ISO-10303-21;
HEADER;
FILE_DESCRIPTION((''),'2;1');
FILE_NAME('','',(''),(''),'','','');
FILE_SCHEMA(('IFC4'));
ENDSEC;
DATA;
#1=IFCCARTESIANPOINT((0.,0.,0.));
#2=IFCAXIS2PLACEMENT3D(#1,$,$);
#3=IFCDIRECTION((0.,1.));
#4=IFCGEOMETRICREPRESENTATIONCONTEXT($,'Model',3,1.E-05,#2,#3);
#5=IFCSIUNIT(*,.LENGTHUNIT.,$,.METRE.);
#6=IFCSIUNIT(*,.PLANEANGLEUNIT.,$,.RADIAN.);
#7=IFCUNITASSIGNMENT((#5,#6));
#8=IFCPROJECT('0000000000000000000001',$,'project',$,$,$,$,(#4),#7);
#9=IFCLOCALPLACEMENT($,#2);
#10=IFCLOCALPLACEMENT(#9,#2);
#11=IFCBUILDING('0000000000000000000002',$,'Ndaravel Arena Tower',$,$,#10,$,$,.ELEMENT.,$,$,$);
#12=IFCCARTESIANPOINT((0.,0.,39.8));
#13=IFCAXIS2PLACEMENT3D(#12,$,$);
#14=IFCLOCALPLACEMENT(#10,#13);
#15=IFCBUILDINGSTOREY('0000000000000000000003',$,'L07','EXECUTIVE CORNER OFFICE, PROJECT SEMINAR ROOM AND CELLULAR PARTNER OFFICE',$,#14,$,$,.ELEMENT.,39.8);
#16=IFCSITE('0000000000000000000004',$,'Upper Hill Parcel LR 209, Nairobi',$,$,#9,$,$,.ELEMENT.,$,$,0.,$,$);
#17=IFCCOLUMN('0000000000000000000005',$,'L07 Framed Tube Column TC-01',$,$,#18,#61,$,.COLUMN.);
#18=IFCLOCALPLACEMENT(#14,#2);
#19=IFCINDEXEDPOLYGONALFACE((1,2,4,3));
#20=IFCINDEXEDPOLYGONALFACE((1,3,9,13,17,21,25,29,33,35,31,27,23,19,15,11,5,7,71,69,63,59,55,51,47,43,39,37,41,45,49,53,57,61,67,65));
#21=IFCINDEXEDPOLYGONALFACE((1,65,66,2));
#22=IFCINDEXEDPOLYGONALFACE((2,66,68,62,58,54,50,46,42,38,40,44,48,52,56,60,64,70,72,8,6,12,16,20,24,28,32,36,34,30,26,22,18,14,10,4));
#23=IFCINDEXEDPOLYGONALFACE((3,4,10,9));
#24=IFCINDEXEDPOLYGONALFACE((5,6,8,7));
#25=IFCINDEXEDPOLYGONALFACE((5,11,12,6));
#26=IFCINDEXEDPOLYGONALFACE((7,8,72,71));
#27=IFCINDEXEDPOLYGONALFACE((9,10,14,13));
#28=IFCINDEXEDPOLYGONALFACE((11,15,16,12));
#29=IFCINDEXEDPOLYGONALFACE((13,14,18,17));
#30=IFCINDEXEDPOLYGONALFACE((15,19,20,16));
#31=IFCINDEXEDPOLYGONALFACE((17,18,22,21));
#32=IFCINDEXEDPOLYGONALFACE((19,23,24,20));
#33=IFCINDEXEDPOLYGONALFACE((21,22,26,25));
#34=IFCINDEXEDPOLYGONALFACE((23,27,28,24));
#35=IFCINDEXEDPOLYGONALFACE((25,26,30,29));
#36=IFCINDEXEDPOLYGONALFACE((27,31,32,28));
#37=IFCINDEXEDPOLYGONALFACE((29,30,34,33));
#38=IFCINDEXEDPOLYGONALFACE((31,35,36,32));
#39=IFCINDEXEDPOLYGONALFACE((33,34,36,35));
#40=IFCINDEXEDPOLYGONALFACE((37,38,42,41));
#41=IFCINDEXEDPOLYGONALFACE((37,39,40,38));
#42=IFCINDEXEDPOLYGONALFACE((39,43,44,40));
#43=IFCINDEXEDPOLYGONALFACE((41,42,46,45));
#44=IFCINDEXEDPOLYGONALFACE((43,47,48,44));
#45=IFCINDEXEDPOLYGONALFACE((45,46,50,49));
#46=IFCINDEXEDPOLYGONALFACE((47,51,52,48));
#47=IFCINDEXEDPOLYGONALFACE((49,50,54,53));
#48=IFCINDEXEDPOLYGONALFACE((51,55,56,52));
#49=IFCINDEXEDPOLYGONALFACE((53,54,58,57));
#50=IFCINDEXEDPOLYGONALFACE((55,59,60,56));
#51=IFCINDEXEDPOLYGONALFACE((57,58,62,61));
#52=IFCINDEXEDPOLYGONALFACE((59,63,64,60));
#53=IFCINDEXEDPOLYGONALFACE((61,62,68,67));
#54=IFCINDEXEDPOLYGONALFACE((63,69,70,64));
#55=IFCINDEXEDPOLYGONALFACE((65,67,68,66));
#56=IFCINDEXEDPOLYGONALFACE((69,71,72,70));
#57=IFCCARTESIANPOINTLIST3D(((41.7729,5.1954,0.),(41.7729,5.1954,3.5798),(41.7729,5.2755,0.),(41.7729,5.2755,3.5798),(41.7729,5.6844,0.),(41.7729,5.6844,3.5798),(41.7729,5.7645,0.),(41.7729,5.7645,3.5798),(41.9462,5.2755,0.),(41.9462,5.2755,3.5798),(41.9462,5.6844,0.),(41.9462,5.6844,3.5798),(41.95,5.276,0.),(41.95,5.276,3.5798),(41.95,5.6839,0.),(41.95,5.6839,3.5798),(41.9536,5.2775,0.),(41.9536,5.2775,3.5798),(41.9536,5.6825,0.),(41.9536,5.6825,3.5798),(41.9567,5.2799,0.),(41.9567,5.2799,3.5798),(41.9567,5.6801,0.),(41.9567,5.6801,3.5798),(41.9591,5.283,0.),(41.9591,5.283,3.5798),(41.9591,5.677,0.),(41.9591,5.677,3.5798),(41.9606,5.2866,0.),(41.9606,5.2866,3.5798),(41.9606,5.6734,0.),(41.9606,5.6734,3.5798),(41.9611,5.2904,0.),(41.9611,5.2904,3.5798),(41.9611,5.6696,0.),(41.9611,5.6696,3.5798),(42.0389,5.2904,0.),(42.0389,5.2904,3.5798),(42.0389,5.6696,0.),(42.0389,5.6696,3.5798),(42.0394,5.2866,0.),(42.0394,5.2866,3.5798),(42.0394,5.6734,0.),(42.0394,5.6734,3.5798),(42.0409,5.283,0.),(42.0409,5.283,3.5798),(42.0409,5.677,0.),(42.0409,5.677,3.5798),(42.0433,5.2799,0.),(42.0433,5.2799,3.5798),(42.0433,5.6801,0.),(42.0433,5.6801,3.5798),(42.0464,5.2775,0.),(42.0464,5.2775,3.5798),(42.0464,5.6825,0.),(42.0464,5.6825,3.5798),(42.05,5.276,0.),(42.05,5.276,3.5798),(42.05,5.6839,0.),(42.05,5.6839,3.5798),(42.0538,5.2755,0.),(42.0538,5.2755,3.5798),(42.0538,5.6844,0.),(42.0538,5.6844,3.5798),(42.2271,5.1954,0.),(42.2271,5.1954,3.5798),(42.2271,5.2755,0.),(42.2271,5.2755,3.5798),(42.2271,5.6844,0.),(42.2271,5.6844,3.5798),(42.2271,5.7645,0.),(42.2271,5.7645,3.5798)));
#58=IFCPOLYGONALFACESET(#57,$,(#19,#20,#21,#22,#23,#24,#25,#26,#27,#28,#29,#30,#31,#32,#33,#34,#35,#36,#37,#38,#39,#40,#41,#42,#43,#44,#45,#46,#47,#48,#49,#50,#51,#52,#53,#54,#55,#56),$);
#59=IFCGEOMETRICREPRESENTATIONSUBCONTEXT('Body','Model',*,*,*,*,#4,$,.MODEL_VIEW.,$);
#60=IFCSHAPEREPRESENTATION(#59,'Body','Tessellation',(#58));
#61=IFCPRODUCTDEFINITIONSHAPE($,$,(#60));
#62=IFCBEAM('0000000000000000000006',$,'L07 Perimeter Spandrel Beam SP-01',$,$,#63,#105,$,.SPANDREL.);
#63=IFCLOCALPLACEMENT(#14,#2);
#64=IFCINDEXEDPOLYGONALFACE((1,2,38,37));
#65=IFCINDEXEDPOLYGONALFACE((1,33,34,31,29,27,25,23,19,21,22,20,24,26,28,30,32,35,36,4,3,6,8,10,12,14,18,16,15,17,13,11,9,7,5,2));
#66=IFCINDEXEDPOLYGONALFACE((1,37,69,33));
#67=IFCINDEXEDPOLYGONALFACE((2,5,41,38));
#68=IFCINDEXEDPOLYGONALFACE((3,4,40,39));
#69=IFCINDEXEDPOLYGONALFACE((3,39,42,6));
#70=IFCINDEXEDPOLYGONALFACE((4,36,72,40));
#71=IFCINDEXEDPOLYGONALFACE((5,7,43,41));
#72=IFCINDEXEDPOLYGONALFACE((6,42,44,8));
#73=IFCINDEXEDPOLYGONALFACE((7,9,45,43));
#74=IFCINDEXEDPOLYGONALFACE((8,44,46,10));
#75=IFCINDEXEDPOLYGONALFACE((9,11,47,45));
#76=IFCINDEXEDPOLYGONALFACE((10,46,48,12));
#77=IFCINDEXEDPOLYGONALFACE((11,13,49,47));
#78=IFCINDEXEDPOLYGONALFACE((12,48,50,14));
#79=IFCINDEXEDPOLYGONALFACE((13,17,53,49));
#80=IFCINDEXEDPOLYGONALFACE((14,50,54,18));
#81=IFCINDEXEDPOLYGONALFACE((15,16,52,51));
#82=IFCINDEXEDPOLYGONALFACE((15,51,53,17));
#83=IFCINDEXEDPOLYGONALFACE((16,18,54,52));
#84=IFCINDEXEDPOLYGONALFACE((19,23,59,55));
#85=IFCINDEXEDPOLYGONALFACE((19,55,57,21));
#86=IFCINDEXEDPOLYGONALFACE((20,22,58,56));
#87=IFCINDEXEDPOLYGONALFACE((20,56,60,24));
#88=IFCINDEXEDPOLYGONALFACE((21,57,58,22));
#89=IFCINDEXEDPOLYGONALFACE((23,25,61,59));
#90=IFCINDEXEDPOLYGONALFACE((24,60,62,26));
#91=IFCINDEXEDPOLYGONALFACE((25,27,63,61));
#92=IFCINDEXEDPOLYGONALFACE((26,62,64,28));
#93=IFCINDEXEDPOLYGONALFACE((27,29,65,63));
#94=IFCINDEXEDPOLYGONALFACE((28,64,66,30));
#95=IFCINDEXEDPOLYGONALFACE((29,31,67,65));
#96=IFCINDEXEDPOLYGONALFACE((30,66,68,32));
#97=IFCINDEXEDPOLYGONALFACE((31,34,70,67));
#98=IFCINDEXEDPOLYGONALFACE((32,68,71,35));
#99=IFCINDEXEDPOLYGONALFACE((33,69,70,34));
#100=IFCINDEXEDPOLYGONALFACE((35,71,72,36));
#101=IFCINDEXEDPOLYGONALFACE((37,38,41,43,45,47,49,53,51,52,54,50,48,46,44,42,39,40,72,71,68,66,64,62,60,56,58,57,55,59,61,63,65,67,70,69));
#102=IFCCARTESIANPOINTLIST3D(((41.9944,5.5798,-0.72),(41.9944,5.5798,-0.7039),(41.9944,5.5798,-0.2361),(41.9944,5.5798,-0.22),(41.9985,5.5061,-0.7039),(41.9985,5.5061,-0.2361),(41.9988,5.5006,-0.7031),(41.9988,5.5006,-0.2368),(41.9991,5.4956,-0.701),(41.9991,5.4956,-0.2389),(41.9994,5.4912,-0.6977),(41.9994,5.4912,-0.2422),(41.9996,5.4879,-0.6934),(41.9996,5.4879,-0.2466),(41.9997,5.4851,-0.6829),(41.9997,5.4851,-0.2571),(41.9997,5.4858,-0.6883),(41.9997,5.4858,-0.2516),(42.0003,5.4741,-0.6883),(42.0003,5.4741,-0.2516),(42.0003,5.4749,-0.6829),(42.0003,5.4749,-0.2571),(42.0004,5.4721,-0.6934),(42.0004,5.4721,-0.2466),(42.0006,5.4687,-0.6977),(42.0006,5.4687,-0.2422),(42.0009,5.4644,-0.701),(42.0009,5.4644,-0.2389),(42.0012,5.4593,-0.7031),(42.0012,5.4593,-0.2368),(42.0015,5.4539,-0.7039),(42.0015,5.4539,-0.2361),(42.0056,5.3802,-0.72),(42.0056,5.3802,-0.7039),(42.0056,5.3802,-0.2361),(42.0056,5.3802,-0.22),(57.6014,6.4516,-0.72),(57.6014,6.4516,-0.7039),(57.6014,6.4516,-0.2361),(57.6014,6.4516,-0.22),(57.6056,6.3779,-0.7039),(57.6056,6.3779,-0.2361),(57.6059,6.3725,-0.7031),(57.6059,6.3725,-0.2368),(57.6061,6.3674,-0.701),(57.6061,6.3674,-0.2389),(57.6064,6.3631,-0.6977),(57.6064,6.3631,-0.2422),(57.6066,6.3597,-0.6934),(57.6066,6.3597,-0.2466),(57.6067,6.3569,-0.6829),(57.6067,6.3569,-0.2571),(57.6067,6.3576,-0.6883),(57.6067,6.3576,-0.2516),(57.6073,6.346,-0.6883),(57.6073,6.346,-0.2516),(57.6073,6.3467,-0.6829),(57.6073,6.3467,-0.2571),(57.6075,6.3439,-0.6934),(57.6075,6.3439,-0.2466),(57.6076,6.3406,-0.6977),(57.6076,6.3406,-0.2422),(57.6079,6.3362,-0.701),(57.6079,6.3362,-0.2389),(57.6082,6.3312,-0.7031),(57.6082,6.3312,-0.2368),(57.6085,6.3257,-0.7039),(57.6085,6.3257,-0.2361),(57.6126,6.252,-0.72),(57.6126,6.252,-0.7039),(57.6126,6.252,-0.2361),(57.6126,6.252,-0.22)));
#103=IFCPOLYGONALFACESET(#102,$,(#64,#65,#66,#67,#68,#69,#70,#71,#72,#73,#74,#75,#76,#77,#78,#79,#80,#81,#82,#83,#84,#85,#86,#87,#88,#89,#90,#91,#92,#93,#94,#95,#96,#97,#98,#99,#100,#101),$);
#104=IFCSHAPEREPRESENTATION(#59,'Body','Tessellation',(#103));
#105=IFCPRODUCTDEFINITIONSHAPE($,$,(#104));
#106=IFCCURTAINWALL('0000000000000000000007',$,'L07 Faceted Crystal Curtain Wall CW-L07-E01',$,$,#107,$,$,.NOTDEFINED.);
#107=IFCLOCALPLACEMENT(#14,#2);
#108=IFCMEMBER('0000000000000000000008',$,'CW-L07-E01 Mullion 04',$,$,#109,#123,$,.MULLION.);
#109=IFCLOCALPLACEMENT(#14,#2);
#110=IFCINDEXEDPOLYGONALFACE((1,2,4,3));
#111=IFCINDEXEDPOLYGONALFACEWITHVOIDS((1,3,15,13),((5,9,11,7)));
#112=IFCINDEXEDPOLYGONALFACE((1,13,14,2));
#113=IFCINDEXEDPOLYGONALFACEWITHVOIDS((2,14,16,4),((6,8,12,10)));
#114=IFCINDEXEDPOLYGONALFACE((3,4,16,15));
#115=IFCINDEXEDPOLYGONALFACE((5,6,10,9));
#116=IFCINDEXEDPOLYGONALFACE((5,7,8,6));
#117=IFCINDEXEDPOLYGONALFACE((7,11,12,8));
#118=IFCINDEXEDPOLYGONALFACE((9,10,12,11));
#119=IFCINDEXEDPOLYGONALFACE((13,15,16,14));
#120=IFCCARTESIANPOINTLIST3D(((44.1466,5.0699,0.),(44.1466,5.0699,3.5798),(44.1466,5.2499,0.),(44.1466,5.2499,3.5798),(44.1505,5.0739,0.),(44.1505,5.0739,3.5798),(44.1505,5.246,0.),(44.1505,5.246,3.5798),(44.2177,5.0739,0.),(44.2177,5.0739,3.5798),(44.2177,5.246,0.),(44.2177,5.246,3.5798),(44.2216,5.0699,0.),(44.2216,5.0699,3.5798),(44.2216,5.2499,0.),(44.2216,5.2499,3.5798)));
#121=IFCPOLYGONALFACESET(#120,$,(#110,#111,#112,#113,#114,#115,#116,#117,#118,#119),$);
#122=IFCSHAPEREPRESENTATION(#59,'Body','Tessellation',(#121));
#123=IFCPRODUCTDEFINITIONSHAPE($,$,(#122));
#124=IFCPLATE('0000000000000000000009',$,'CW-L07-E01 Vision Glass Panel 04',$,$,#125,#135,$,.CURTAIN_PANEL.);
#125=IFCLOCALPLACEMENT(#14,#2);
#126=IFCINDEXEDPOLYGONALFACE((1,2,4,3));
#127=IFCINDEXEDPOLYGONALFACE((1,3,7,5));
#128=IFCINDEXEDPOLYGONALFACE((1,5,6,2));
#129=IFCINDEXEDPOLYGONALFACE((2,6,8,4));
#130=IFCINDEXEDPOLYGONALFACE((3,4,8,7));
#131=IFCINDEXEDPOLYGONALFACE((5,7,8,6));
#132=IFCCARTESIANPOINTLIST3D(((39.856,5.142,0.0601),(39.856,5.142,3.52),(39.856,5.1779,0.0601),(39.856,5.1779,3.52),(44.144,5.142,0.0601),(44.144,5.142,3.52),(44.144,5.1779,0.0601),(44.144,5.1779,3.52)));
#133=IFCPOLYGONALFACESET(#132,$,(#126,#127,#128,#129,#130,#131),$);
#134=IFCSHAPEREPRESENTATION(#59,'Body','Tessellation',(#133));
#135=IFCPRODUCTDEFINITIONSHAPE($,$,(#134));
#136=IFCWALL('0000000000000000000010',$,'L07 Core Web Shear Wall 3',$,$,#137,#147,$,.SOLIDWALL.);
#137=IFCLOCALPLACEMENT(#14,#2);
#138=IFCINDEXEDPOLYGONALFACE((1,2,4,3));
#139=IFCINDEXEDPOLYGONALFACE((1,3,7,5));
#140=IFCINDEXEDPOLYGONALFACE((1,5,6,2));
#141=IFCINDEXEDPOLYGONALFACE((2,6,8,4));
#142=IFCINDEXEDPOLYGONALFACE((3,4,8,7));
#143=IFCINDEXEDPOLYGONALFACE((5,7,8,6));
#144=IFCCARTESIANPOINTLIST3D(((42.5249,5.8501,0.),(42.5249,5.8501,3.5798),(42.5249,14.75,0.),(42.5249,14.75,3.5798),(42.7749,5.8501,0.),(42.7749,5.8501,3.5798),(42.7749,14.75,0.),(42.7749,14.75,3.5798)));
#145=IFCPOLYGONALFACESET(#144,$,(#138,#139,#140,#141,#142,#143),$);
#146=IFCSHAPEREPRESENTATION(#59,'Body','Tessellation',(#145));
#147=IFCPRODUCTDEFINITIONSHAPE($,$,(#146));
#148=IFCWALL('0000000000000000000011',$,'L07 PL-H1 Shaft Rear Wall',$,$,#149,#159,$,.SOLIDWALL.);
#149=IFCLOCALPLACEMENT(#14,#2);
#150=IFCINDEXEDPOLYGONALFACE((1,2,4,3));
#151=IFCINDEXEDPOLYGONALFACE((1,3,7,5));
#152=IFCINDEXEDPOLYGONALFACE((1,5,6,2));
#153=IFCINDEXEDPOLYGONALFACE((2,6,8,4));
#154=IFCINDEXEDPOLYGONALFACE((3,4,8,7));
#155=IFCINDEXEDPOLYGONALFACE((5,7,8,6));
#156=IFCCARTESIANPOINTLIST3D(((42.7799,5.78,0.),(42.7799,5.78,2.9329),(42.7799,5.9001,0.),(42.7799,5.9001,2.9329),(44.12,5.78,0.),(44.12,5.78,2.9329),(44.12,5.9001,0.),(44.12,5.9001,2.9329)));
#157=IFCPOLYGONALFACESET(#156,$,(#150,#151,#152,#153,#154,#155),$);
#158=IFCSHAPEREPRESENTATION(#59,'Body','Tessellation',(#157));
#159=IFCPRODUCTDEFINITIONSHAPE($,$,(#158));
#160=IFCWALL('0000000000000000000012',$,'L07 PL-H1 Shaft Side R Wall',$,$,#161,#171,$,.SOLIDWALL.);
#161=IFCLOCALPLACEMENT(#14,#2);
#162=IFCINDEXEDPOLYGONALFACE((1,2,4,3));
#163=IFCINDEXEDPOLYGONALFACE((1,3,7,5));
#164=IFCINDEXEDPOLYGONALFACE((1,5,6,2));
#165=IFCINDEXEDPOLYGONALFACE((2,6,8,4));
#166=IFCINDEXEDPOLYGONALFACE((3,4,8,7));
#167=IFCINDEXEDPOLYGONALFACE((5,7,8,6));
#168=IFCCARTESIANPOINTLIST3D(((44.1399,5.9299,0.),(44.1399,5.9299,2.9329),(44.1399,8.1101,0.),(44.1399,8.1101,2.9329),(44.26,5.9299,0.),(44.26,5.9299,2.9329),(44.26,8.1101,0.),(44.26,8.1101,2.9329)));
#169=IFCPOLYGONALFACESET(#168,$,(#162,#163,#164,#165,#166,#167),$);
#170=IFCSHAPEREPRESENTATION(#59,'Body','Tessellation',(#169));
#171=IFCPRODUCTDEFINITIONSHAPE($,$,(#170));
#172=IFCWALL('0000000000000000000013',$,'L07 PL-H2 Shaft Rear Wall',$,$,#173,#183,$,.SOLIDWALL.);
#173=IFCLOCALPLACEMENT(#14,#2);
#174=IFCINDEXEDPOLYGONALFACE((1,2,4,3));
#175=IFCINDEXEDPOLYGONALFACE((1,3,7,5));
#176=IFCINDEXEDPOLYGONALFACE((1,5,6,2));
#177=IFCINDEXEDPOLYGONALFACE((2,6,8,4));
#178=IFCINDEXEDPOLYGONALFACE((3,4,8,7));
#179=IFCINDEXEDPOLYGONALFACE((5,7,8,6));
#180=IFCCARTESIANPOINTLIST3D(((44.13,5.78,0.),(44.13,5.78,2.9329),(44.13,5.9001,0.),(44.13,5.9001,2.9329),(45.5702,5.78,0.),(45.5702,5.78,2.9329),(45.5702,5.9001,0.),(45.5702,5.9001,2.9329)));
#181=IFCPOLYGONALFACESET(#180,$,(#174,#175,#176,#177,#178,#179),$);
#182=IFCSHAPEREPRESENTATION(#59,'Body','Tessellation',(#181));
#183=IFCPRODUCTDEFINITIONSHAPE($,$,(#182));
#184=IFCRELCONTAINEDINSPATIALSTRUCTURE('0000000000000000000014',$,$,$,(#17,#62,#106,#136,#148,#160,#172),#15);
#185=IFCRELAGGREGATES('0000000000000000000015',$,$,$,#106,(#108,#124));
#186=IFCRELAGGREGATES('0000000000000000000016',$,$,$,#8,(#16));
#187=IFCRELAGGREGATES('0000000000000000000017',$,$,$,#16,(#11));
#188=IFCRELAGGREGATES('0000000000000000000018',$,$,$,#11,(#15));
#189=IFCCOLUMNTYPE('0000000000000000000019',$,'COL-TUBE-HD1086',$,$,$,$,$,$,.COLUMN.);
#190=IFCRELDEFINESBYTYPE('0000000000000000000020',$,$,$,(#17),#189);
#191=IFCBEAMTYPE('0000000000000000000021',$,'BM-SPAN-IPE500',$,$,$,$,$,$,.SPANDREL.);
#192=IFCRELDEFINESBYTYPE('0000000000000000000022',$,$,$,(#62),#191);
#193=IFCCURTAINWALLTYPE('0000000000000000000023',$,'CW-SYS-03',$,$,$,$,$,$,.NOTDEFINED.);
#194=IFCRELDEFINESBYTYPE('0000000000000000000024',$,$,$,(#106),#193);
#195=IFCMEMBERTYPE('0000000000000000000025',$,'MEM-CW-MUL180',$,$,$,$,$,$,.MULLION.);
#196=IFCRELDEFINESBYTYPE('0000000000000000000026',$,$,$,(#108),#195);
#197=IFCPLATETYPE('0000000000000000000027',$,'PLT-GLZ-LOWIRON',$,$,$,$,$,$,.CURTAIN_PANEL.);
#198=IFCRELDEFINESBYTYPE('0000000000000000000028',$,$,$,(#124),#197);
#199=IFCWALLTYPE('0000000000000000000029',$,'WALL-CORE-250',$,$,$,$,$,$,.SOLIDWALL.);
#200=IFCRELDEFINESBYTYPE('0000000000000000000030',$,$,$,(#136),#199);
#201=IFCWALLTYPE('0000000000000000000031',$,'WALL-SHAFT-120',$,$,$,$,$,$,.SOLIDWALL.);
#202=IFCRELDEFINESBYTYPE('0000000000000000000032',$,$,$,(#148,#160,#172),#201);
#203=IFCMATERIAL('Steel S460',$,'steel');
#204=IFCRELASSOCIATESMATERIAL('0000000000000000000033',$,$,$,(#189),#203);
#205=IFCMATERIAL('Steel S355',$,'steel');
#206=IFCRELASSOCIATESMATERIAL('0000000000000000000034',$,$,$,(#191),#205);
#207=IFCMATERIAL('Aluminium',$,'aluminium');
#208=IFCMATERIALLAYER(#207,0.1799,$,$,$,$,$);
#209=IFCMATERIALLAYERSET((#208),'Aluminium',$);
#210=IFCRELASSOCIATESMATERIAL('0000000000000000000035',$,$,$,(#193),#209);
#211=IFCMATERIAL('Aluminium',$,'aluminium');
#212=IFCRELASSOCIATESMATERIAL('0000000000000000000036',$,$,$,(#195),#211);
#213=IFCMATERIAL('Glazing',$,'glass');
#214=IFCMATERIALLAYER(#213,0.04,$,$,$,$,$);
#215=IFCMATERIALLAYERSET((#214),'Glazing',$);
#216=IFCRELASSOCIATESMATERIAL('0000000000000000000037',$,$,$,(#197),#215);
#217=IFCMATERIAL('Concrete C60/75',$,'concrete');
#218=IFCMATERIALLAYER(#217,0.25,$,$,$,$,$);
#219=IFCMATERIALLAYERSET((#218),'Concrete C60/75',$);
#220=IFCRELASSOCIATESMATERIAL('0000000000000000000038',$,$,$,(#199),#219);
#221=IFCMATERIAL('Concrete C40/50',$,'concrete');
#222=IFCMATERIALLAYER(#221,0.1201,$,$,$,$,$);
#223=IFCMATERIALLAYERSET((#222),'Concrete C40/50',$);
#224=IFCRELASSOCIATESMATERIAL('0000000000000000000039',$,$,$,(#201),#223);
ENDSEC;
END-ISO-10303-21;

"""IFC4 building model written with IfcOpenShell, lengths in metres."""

from ifc_helpers import new_model, si_unit, direction, frame, frame_2d, origin, origin_2d, place, context, subcontext, project, spatial, rectangle, hollow_rectangle, i_section, extrude, material, layer, layer_set, material_profile, profile_set, type_object, element, aggregate, save


model = new_model("IFC4")

# Units and contexts
model_context = context("Model", 3, precision=1e-05, world=origin(), true_north=direction((0.0, 1.0)))
body_context = subcontext(model_context, "Body", "Model", "MODEL_VIEW")
ifc_project = project(units=[si_unit("LENGTHUNIT", "METRE"), si_unit("PLANEANGLEUNIT", "RADIAN")], contexts=[model_context])

# Site, building, storey
site_placement = place(None, origin())
site = spatial("IfcSite", under=ifc_project, at=site_placement, Name="Upper Hill Parcel LR 209, Nairobi", CompositionType="ELEMENT", RefElevation=0.0)
building_placement = place(site_placement, origin())
building = spatial("IfcBuilding", under=site, at=building_placement, Name="Ndaravel Arena Tower", CompositionType="ELEMENT")
storey_placement = place(building_placement, frame((0.0, 0.0, 39.8)))
storey = spatial("IfcBuildingStorey", under=building, at=storey_placement, Name="L07", Description="EXECUTIVE CORNER OFFICE, PROJECT SEMINAR ROOM AND CELLULAR PARTNER OFFICE", CompositionType="ELEMENT", Elevation=39.8)

# Column
ifc_material_1 = material(Name="Steel S460", Category="steel")
ifc_material_profile_1 = material_profile(ifc_material_1, i_section(OverallWidth=0.4541, OverallDepth=0.5691, WebThickness=0.0779, FlangeThickness=0.0801, FilletRadius=0.0149, at=origin_2d()), Name="HD 400x1086")
ifc_profile_set_1 = profile_set([ifc_material_profile_1], Name="Steel S460")
column_type = type_object("IfcColumnType", Name="COL-TUBE-HD1086", PredefinedType="COLUMN", material=ifc_profile_set_1)
column_placement = place(storey_placement, frame((42.0, 5.48, 0.0), z_axis=(0.0, 0.0, 1.0), x_axis=(1.0, 0.0, 0.0)))
element("IfcColumn", 1, at=column_placement, inside=storey, type_object=column_type, Name="L07 Framed Tube Column TC-01", PredefinedType="COLUMN", context=body_context, shape_type="SweptSolid", body=[
    extrude(i_section(OverallWidth=0.4541, OverallDepth=0.5691, WebThickness=0.0779, FlangeThickness=0.0801, FilletRadius=0.0149, at=origin_2d()), origin(), (0.0, 0.0, 1.0), 3.5798),
])

# Beam
ifc_material_2 = material(Name="Steel S355", Category="steel")
ifc_material_profile_2 = material_profile(ifc_material_2, i_section(OverallWidth=0.2, OverallDepth=0.5, WebThickness=0.0103, FlangeThickness=0.0161, FilletRadius=0.021, at=origin_2d()), Name="IPE 500")
ifc_profile_set_2 = profile_set([ifc_material_profile_2], Name="Steel S355")
beam_type = type_object("IfcBeamType", Name="BM-SPAN-IPE500", PredefinedType="SPANDREL", material=ifc_profile_set_2)
beam_placement = place(storey_placement, frame((42.0, 5.48, -0.47), z_axis=(0.998443, 0.055775, 0.0), x_axis=(-0.055775, 0.998443, 0.0)))
element("IfcBeam", 2, at=beam_placement, inside=storey, type_object=beam_type, Name="L07 Perimeter Spandrel Beam SP-01", PredefinedType="SPANDREL", context=body_context, shape_type="SweptSolid", body=[
    extrude(i_section(OverallWidth=0.2, OverallDepth=0.5, WebThickness=0.0103, FlangeThickness=0.0161, FilletRadius=0.021, at=origin_2d()), origin(), (0.0, 0.0, 1.0), 15.6313),
])

# Curtain wall, member, plate
ifc_material_3 = material(Name="Aluminium", Category="aluminium")
ifc_layer_1 = layer(ifc_material_3, 0.1799)
ifc_layer_set_1 = layer_set([ifc_layer_1], Name="Aluminium")
curtain_wall_type = type_object("IfcCurtainWallType", Name="CW-SYS-03", PredefinedType="NOTDEFINED", material=ifc_layer_set_1)
curtain_wall_placement = place(storey_placement, origin())
curtain_wall = element("IfcCurtainWall", 3, at=curtain_wall_placement, inside=storey, type_object=curtain_wall_type, Name="L07 Faceted Crystal Curtain Wall CW-L07-E01", PredefinedType="NOTDEFINED")
ifc_material_4 = material(Name="Aluminium", Category="aluminium")
ifc_material_profile_3 = material_profile(ifc_material_4, hollow_rectangle(XDim=0.075, YDim=0.1799, WallThickness=0.0039, at=origin_2d()), Name="CW MULLION 75x180x4")
ifc_profile_set_3 = profile_set([ifc_material_profile_3], Name="Aluminium")
member_type = type_object("IfcMemberType", Name="MEM-CW-MUL180", PredefinedType="MULLION", material=ifc_profile_set_3)
member_placement = place(storey_placement, frame((44.1841, 5.1599, 0.0), z_axis=(0.0, 0.0, 1.0), x_axis=(1.0, 0.0, 0.0)))
member = element("IfcMember", 4, at=member_placement, type_object=member_type, Name="CW-L07-E01 Mullion 04", PredefinedType="MULLION", context=body_context, shape_type="SweptSolid", body=[
    extrude(hollow_rectangle(XDim=0.075, YDim=0.1799, WallThickness=0.0039, at=origin_2d()), origin(), (0.0, 0.0, 1.0), 3.5798),
])
ifc_material_5 = material(Name="Glazing", Category="glass")
ifc_layer_2 = layer(ifc_material_5, 0.04)
ifc_layer_set_2 = layer_set([ifc_layer_2], Name="Glazing")
plate_type = type_object("IfcPlateType", Name="PLT-GLZ-LOWIRON", PredefinedType="CURTAIN_PANEL", material=ifc_layer_set_2)
plate_placement = place(storey_placement, frame((42.0, 5.1599, 0.0601), z_axis=(0.0, 0.0, 1.0), x_axis=(1.0, 0.0, 0.0)))
plate = element("IfcPlate", 5, at=plate_placement, type_object=plate_type, Name="CW-L07-E01 Vision Glass Panel 04", PredefinedType="CURTAIN_PANEL", context=body_context, shape_type="SweptSolid", body=[
    extrude(rectangle(XDim=4.2881, YDim=0.0359, at=origin_2d()), origin(), (0.0, 0.0, 1.0), 3.46),
])
aggregate(curtain_wall, [member, plate])

# Walls
ifc_material_6 = material(Name="Concrete C60/75", Category="concrete")
ifc_layer_3 = layer(ifc_material_6, 0.25)
ifc_layer_set_3 = layer_set([ifc_layer_3], Name="Concrete C60/75")
wall_type_1 = type_object("IfcWallType", Name="WALL-CORE-250", PredefinedType="SOLIDWALL", material=ifc_layer_set_3)
wall_1_placement = place(storey_placement, frame((42.6499, 5.8501, 0.0), z_axis=(0.0, 0.0, 1.0), x_axis=(0.0, 1.0, 0.0)))
element("IfcWall", 6, at=wall_1_placement, inside=storey, type_object=wall_type_1, Name="L07 Core Web Shear Wall 3", PredefinedType="SOLIDWALL", context=body_context, shape_type="SweptSolid", body=[
    extrude(rectangle(XDim=8.8999, YDim=0.25, at=frame_2d((4.45, 0.0))), origin(), (0.0, 0.0, 1.0), 3.5798),
])
ifc_material_7 = material(Name="Concrete C40/50", Category="concrete")
ifc_layer_4 = layer(ifc_material_7, 0.1201)
ifc_layer_set_4 = layer_set([ifc_layer_4], Name="Concrete C40/50")
wall_type_2 = type_object("IfcWallType", Name="WALL-SHAFT-120", PredefinedType="SOLIDWALL", material=ifc_layer_set_4)
wall_2_placement = place(storey_placement, frame((42.78, 5.8401, 0.0), z_axis=(0.0, 0.0, 1.0), x_axis=(1.0, 0.0, 0.0)))
element("IfcWall", 7, at=wall_2_placement, inside=storey, type_object=wall_type_2, Name="L07 PL-H1 Shaft Rear Wall", PredefinedType="SOLIDWALL", context=body_context, shape_type="SweptSolid", body=[
    extrude(rectangle(XDim=1.3401, YDim=0.1201, at=frame_2d((0.6699, 0.0))), origin(), (0.0, 0.0, 1.0), 2.9329),
])
wall_3_placement = place(storey_placement, frame((44.2, 5.9299, 0.0), z_axis=(0.0, 0.0, 1.0), x_axis=(0.0, 1.0, 0.0)))
element("IfcWall", 8, at=wall_3_placement, inside=storey, type_object=wall_type_2, Name="L07 PL-H1 Shaft Side R Wall", PredefinedType="SOLIDWALL", context=body_context, shape_type="SweptSolid", body=[
    extrude(rectangle(XDim=2.1802, YDim=0.1201, at=frame_2d((1.0901, 0.0))), origin(), (0.0, 0.0, 1.0), 2.9329),
])
wall_4_placement = place(storey_placement, frame((44.1299, 5.8401, 0.0), z_axis=(0.0, 0.0, 1.0), x_axis=(1.0, 0.0, 0.0)))
element("IfcWall", 9, at=wall_4_placement, inside=storey, type_object=wall_type_2, Name="L07 PL-H2 Shaft Rear Wall", PredefinedType="SOLIDWALL", context=body_context, shape_type="SweptSolid", body=[
    extrude(rectangle(XDim=1.4402, YDim=0.1201, at=frame_2d((0.7202, 0.0))), origin(), (0.0, 0.0, 1.0), 2.9329),
])

save(model, "model.ifc")
